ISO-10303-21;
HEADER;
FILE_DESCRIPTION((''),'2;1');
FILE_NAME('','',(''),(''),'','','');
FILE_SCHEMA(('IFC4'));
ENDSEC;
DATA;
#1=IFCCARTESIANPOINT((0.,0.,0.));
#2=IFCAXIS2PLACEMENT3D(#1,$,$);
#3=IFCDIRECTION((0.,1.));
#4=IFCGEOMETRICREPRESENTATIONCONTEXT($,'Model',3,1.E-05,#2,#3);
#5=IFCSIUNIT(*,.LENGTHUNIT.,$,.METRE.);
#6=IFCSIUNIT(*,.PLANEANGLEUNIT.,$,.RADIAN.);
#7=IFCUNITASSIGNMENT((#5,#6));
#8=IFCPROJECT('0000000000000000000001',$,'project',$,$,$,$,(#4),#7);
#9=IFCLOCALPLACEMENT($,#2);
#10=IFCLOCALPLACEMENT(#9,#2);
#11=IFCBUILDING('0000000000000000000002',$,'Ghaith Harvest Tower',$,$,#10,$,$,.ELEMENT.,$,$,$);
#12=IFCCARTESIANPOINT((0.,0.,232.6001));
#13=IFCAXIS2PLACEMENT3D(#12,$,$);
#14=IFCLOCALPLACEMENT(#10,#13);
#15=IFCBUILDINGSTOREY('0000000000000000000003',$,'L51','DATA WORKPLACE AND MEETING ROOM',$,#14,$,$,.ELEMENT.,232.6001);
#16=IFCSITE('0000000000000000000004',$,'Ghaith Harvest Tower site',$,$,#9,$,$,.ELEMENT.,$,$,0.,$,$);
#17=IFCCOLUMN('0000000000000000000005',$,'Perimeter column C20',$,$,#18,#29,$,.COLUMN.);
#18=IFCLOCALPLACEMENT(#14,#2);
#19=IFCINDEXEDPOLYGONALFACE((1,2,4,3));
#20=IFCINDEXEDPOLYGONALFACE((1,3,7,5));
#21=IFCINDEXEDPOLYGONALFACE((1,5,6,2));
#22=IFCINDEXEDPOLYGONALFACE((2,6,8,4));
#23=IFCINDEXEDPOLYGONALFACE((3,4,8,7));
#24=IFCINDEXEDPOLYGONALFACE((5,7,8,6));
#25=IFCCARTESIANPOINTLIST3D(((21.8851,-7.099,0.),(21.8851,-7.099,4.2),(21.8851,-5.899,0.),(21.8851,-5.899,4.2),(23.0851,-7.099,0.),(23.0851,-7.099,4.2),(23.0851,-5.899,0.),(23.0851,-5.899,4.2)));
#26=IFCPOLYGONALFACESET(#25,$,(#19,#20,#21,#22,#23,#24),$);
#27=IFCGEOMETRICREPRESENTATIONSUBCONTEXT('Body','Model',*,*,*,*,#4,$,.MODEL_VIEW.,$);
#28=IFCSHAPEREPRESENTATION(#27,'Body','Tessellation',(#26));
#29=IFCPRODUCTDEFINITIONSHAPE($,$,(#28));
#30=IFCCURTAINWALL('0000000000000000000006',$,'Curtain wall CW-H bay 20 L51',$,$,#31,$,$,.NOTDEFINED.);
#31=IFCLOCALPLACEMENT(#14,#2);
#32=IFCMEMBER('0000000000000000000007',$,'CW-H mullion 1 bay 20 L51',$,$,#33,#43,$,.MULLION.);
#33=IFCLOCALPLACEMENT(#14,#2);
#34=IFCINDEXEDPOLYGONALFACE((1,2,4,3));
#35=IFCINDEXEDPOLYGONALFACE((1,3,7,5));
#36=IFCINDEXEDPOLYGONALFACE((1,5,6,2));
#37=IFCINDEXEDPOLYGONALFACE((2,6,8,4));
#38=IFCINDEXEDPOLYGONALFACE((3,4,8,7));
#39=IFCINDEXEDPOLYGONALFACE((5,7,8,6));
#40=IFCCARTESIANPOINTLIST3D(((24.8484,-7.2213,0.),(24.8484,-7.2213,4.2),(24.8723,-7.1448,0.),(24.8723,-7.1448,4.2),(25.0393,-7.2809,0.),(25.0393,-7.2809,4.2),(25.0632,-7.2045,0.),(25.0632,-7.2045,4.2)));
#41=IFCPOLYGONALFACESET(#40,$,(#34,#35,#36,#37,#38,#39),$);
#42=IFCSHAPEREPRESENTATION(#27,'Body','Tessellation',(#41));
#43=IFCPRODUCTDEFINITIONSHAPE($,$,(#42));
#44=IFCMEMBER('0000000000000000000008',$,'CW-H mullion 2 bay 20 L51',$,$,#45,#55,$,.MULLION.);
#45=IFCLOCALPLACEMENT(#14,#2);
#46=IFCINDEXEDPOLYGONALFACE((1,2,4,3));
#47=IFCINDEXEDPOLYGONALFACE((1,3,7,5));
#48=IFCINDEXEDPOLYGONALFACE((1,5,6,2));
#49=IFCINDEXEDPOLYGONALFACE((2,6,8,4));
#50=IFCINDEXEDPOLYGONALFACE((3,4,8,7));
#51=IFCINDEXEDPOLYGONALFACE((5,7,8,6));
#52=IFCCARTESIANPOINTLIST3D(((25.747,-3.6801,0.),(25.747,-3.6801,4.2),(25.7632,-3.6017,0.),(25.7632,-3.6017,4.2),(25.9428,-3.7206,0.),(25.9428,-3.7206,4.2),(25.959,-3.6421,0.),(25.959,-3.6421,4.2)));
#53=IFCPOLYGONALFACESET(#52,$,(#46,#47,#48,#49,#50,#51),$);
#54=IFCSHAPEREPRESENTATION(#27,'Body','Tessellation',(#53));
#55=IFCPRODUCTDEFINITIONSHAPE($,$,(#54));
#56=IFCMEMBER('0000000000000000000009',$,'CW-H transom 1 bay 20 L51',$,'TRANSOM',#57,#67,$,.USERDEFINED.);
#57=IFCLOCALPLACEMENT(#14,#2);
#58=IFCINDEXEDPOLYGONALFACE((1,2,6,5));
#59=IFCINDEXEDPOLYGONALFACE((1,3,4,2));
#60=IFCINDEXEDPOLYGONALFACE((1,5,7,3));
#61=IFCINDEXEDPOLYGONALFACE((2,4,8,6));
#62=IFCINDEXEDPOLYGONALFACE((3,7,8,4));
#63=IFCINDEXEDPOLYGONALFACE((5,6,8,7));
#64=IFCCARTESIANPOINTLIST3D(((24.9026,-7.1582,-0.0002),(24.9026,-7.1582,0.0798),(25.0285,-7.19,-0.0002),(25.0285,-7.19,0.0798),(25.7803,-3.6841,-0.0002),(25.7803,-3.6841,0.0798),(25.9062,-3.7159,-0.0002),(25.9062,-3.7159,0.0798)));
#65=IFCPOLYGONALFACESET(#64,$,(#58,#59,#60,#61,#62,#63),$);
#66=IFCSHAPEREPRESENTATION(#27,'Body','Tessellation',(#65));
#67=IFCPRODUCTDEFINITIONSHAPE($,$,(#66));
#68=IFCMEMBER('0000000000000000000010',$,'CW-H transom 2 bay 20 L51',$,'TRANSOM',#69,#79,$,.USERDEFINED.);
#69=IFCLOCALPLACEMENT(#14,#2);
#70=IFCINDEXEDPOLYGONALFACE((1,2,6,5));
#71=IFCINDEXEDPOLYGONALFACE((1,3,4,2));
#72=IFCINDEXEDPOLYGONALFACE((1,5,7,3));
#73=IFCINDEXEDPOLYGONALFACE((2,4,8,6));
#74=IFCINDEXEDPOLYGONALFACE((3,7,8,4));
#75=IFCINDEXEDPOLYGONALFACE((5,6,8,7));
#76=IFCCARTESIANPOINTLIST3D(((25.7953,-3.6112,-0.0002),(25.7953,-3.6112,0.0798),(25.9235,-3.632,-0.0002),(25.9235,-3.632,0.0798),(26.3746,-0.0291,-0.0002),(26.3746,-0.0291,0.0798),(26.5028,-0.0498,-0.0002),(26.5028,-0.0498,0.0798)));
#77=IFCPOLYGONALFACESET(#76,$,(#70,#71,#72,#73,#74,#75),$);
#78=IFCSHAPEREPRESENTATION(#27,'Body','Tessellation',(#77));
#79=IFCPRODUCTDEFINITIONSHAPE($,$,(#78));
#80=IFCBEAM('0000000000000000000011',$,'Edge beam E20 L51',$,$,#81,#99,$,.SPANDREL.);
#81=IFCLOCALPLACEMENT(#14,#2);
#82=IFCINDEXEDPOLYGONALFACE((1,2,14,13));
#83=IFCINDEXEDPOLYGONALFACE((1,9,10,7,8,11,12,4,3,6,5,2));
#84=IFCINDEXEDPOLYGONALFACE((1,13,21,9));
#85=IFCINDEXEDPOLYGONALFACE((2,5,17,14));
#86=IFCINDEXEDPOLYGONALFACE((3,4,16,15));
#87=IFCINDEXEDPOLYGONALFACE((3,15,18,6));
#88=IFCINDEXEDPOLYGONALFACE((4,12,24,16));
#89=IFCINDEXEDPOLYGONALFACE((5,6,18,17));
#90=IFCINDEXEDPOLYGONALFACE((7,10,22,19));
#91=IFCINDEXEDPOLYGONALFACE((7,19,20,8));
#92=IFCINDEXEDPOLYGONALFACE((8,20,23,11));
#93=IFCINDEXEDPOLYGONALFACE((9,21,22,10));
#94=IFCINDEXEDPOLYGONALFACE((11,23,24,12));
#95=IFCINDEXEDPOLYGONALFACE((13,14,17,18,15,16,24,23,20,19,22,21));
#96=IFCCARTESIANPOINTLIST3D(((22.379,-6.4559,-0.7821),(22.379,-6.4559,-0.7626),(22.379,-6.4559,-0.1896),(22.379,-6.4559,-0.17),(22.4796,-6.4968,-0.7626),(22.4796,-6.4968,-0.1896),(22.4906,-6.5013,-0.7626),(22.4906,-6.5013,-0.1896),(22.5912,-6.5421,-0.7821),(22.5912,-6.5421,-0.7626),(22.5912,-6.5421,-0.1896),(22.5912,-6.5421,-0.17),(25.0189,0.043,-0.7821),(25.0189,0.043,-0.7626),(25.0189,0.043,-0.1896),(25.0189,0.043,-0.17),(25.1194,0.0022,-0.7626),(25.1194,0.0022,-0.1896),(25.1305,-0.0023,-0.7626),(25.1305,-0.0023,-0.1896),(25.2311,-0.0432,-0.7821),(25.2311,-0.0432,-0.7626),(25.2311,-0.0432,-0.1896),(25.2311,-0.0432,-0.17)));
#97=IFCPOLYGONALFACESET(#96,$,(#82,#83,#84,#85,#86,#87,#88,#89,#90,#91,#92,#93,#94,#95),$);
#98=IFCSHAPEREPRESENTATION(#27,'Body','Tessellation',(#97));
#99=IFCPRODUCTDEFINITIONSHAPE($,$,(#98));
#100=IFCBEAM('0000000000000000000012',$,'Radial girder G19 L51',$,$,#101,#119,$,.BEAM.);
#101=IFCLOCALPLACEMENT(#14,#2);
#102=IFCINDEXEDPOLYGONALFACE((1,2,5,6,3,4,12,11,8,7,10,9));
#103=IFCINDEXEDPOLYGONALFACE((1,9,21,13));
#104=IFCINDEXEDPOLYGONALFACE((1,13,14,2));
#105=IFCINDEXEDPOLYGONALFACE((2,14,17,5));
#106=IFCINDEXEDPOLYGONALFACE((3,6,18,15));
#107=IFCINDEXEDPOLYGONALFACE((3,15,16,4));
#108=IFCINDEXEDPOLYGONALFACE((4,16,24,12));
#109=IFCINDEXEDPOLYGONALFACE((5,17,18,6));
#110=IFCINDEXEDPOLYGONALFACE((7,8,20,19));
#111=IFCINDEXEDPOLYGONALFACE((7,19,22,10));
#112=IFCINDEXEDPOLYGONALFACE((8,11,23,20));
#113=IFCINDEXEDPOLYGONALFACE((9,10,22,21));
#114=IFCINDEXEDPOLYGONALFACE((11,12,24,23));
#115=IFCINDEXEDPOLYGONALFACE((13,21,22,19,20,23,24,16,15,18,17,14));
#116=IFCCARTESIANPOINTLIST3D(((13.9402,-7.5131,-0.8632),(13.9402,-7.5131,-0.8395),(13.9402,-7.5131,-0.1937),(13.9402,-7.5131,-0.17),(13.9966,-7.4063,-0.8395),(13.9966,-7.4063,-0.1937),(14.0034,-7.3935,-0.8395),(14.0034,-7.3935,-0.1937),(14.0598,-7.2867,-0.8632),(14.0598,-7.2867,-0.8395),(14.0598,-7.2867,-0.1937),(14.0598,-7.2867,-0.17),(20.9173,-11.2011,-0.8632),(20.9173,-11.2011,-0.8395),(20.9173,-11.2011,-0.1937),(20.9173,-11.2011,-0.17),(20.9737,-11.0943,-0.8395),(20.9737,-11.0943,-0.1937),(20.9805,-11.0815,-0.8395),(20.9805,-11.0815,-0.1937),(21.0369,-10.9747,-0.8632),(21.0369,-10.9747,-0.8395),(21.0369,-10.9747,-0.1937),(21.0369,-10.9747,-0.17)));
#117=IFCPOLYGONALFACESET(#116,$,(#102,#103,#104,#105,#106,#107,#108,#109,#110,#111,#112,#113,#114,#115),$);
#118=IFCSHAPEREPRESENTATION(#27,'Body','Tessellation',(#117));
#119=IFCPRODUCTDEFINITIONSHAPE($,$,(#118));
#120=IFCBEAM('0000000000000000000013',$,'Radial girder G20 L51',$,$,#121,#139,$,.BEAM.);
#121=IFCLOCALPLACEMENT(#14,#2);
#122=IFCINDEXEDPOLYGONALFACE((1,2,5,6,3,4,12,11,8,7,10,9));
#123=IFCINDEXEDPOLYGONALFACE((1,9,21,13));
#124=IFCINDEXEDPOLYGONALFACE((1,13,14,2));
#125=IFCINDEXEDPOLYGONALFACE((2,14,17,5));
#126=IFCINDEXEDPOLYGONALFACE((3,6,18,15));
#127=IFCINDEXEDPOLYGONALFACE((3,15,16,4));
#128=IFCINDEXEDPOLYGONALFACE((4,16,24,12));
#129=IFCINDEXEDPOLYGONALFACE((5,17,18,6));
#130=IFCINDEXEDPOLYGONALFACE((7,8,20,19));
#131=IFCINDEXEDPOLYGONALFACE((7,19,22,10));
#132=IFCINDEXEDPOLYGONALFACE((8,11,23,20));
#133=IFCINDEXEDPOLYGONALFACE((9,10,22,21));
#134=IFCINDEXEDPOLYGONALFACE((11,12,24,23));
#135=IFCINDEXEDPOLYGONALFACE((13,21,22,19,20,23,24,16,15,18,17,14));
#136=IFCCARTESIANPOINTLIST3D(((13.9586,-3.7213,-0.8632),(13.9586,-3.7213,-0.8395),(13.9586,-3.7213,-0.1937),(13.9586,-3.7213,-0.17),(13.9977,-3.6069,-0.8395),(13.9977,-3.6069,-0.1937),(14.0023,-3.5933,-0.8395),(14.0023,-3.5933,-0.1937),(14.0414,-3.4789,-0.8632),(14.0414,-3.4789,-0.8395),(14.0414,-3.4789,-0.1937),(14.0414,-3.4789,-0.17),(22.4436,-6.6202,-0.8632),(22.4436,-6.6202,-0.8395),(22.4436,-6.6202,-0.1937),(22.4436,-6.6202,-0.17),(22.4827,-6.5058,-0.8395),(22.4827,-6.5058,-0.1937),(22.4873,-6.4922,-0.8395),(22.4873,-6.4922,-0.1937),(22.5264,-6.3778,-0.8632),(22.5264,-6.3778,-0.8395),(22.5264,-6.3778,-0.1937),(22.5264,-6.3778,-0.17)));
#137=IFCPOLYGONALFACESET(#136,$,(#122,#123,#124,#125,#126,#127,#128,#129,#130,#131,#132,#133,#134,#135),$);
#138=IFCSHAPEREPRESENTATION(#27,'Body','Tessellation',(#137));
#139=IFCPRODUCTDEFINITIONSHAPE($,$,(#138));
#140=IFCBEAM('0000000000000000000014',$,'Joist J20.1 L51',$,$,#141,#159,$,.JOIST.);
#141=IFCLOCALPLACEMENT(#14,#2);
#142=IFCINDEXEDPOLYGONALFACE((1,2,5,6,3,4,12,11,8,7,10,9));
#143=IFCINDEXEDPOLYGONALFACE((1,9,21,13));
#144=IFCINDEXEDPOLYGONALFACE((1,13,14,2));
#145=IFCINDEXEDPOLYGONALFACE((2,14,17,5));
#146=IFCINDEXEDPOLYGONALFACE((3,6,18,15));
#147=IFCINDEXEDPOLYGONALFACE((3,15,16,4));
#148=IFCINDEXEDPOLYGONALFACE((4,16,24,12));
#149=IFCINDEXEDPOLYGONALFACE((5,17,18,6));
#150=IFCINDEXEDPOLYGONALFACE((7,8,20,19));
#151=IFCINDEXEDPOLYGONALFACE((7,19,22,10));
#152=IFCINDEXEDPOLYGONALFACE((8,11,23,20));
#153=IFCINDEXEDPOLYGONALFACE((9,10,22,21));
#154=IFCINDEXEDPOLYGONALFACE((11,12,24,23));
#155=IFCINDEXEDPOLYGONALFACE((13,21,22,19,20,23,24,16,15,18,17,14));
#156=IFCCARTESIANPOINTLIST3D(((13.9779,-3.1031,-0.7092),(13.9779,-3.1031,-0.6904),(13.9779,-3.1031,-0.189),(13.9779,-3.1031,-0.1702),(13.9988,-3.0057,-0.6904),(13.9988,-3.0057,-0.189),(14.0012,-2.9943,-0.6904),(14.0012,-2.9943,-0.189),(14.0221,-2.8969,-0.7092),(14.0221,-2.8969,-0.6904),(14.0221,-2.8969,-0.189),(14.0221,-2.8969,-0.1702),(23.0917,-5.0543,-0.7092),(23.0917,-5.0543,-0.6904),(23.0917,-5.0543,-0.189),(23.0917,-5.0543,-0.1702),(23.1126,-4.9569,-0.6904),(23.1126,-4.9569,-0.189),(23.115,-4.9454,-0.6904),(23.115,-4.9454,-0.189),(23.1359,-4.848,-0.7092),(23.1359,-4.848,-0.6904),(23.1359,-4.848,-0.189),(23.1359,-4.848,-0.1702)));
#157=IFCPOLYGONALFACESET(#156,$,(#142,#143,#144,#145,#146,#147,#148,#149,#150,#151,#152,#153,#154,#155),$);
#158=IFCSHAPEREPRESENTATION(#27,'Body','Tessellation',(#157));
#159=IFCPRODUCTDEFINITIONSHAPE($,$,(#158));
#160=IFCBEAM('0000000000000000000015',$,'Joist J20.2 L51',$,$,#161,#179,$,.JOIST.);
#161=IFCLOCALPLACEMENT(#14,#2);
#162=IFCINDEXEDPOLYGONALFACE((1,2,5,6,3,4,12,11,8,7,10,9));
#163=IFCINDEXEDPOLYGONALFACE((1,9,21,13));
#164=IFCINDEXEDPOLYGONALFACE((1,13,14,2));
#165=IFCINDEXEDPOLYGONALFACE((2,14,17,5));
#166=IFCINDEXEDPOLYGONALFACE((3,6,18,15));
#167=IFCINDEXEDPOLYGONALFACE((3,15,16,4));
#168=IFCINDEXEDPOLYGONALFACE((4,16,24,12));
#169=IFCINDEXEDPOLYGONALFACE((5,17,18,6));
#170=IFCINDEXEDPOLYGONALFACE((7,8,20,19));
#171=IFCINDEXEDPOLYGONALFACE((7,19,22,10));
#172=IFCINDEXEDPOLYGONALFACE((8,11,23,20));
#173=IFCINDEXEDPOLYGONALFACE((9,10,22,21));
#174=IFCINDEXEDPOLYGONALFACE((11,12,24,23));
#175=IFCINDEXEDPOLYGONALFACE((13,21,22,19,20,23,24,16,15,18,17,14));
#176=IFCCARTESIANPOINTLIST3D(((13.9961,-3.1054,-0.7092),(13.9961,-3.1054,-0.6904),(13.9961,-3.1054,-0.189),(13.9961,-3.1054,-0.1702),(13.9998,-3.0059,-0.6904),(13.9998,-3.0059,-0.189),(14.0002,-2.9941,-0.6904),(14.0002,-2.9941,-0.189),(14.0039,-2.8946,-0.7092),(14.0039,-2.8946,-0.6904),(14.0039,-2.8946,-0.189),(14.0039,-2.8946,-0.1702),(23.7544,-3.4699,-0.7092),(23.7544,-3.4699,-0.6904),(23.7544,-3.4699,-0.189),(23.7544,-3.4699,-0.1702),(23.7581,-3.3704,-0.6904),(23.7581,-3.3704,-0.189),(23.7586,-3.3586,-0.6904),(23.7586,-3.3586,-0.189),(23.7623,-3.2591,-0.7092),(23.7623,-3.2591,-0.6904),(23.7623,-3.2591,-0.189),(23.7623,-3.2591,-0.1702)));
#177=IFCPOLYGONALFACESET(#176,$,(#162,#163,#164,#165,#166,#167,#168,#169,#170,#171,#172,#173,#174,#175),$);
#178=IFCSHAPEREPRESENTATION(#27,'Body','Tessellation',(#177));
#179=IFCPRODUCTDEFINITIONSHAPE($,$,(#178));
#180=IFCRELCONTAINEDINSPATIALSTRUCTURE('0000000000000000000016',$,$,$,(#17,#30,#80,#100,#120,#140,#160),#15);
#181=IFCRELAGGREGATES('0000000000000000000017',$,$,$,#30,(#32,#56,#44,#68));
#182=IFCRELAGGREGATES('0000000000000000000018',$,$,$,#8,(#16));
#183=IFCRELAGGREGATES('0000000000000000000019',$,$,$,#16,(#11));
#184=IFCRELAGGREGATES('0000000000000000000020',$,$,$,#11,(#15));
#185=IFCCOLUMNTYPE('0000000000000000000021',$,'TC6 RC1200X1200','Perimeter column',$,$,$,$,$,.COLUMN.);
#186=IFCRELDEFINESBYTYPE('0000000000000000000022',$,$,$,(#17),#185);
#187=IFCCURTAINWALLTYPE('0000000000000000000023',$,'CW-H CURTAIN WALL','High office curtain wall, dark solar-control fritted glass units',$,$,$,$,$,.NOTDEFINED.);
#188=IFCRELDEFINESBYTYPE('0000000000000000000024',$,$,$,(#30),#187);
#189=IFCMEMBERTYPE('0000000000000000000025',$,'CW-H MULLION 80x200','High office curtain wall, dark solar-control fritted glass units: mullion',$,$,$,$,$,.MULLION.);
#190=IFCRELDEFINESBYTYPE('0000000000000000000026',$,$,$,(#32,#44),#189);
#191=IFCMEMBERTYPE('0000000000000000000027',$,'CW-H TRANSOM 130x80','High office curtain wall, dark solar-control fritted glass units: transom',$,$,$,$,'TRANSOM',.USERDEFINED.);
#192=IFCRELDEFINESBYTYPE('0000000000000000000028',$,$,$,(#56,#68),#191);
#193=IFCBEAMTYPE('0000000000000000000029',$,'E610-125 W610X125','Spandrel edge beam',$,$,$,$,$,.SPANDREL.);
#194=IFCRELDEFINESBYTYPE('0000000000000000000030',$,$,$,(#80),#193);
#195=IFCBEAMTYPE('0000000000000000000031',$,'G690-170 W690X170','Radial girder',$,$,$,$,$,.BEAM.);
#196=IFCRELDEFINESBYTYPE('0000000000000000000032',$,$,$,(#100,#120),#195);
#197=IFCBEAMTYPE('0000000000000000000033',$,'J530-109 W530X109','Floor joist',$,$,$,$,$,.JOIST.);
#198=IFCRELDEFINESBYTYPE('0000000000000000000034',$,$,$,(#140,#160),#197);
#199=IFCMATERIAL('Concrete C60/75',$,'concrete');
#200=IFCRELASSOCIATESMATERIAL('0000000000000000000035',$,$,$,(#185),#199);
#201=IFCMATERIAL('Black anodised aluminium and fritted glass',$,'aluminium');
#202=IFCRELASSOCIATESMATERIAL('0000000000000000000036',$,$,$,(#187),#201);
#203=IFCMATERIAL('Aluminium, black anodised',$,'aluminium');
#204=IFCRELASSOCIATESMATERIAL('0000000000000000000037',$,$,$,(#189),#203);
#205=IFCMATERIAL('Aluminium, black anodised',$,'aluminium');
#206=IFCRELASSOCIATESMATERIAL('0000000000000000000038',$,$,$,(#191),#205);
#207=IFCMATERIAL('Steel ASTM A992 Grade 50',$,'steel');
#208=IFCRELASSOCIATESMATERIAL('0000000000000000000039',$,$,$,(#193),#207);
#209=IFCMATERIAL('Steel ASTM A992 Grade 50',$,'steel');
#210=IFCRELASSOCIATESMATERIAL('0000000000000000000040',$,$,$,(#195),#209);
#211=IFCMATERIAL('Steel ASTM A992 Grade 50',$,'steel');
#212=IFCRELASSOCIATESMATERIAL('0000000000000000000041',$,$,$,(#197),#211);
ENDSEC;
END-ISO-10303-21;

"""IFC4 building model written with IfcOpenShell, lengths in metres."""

from ifc_helpers import new_model, si_unit, direction, frame, origin, origin_2d, place, context, subcontext, project, spatial, rectangle, i_section, extrude, material, material_profile, profile_set, type_object, element, aggregate, save


model = new_model("IFC4")

# Units and contexts
model_context = context("Model", 3, precision=1e-05, world=origin(), true_north=direction((0.0, 1.0)))
body_context = subcontext(model_context, "Body", "Model", "MODEL_VIEW")
ifc_project = project(units=[si_unit("LENGTHUNIT", "METRE"), si_unit("PLANEANGLEUNIT", "RADIAN")], contexts=[model_context])

# Site, building, storey
site_placement = place(None, origin())
site = spatial("IfcSite", under=ifc_project, at=site_placement, Name="Ghaith Harvest Tower site", CompositionType="ELEMENT", RefElevation=0.0)
building_placement = place(site_placement, origin())
building = spatial("IfcBuilding", under=site, at=building_placement, Name="Ghaith Harvest Tower", CompositionType="ELEMENT")
storey_placement = place(building_placement, frame((0.0, 0.0, 232.6001)))
storey = spatial("IfcBuildingStorey", under=building, at=storey_placement, Name="L51", Description="DATA WORKPLACE AND MEETING ROOM", CompositionType="ELEMENT", Elevation=232.6001)

# Column
ifc_material_1 = material(Name="Concrete C60/75", Category="concrete")
ifc_material_profile_1 = material_profile(ifc_material_1, rectangle(XDim=1.2, YDim=1.2, at=origin_2d()), Name="RC1200X1200")
ifc_profile_set_1 = profile_set([ifc_material_profile_1], Name="Concrete C60/75")
column_type = type_object("IfcColumnType", Name="TC6 RC1200X1200", Description="Perimeter column", PredefinedType="COLUMN", material=ifc_profile_set_1)
column_placement = place(storey_placement, frame((22.4851, -6.499, 0.0), z_axis=(0.0, 0.0, 1.0), x_axis=(1.0, 0.0, 0.0)))
element("IfcColumn", 1, at=column_placement, inside=storey, type_object=column_type, Name="Perimeter column C20", PredefinedType="COLUMN", context=body_context, shape_type="SweptSolid", body=[
    extrude(rectangle(XDim=1.2, YDim=1.2, at=origin_2d()), origin(), (0.0, 0.0, 1.0), 4.2),
])

# Curtain wall, members
ifc_material_2 = material(Name="Black anodised aluminium and fritted glass", Category="aluminium")
curtain_wall_type = type_object("IfcCurtainWallType", Name="CW-H CURTAIN WALL", Description="High office curtain wall, dark solar-control fritted glass units", PredefinedType="NOTDEFINED", material=ifc_material_2)
curtain_wall_placement = place(storey_placement, origin())
curtain_wall = element("IfcCurtainWall", 2, at=curtain_wall_placement, inside=storey, type_object=curtain_wall_type, Name="Curtain wall CW-H bay 20 L51", PredefinedType="NOTDEFINED")
ifc_material_3 = material(Name="Aluminium, black anodised", Category="aluminium")
ifc_material_profile_2 = material_profile(ifc_material_3, rectangle(XDim=0.0801, YDim=0.2, at=origin_2d()), Name="CW-H MULLION 80x200")
ifc_profile_set_2 = profile_set([ifc_material_profile_2], Name="Aluminium, black anodised")
member_type_1 = type_object("IfcMemberType", Name="CW-H MULLION 80x200", Description="High office curtain wall, dark solar-control fritted glass units: mullion", PredefinedType="MULLION", material=ifc_profile_set_2)
member_1_placement = place(storey_placement, frame((24.9558, -7.2129, 0.0), z_axis=(0.0, 0.0, 1.0), x_axis=(0.298442, 0.954428, 0.0)))
member_1 = element("IfcMember", 3, at=member_1_placement, type_object=member_type_1, Name="CW-H mullion 1 bay 20 L51", PredefinedType="MULLION", context=body_context, shape_type="SweptSolid", body=[
    extrude(rectangle(XDim=0.0801, YDim=0.2, at=origin_2d()), origin(), (0.0, 0.0, 1.0), 4.2),
])
member_2_placement = place(storey_placement, frame((25.853, -3.6611, 0.0), z_axis=(0.0, 0.0, 1.0), x_axis=(0.202192, 0.979346, 0.0)))
member_2 = element("IfcMember", 4, at=member_2_placement, type_object=member_type_1, Name="CW-H mullion 2 bay 20 L51", PredefinedType="MULLION", context=body_context, shape_type="SweptSolid", body=[
    extrude(rectangle(XDim=0.0801, YDim=0.2, at=origin_2d()), origin(), (0.0, 0.0, 1.0), 4.2),
])
ifc_material_4 = material(Name="Aluminium, black anodised", Category="aluminium")
ifc_material_profile_3 = material_profile(ifc_material_4, rectangle(XDim=0.1299, YDim=0.0801, at=origin_2d()), Name="CW-H TRANSOM 130x80")
ifc_profile_set_3 = profile_set([ifc_material_profile_3], Name="Aluminium, black anodised")
member_type_2 = type_object("IfcMemberType", Name="CW-H TRANSOM 130x80", Description="High office curtain wall, dark solar-control fritted glass units: transom", ElementType="TRANSOM", PredefinedType="USERDEFINED", material=ifc_profile_set_3)
member_3_placement = place(storey_placement, frame((24.9656, -7.1741, 0.0398), z_axis=(0.24494, 0.969538, 0.0), x_axis=(-0.969538, 0.24494, 0.0)))
member_3 = element("IfcMember", 5, at=member_3_placement, type_object=member_type_2, Name="CW-H transom 1 bay 20 L51", ObjectType="TRANSOM", PredefinedType="USERDEFINED", context=body_context, shape_type="SweptSolid", body=[
    extrude(rectangle(XDim=0.1299, YDim=0.0801, at=origin_2d()), origin(), (0.0, 0.0, 1.0), 3.5833),
])
member_4_placement = place(storey_placement, frame((25.8594, -3.6216, 0.0398), z_axis=(0.159662, 0.987172, 0.0), x_axis=(-0.987172, 0.159662, 0.0)))
member_4 = element("IfcMember", 6, at=member_4_placement, type_object=member_type_2, Name="CW-H transom 2 bay 20 L51", ObjectType="TRANSOM", PredefinedType="USERDEFINED", context=body_context, shape_type="SweptSolid", body=[
    extrude(rectangle(XDim=0.1299, YDim=0.0801, at=origin_2d()), origin(), (0.0, 0.0, 1.0), 3.6287),
])

# Beams
ifc_material_5 = material(Name="Steel ASTM A992 Grade 50", Category="steel")
ifc_material_profile_4 = material_profile(ifc_material_5, i_section(OverallWidth=0.229, OverallDepth=0.6121, WebThickness=0.012, FlangeThickness=0.0195, at=origin_2d()), Name="W610X125")
ifc_profile_set_4 = profile_set([ifc_material_profile_4], Name="Steel ASTM A992 Grade 50")
beam_type_1 = type_object("IfcBeamType", Name="E610-125 W610X125", Description="Spandrel edge beam", PredefinedType="SPANDREL", material=ifc_profile_set_4)
beam_1_placement = place(storey_placement, frame((22.4851, -6.499, -0.4761), z_axis=(0.376336, 0.926483, 0.0), x_axis=(-0.926483, 0.376336, 0.0)))
element("IfcBeam", 7, at=beam_1_placement, inside=storey, type_object=beam_type_1, Name="Edge beam E20 L51", PredefinedType="SPANDREL", context=body_context, shape_type="SweptSolid", body=[
    extrude(i_section(OverallWidth=0.229, OverallDepth=0.6121, WebThickness=0.012, FlangeThickness=0.0195, at=origin_2d()), origin(), (0.0, 0.0, 1.0), 7.0146),
])
ifc_material_6 = material(Name="Steel ASTM A992 Grade 50", Category="steel")
ifc_material_profile_5 = material_profile(ifc_material_6, i_section(OverallWidth=0.2561, OverallDepth=0.6931, WebThickness=0.0144, FlangeThickness=0.0237, at=origin_2d()), Name="W690X170")
ifc_profile_set_5 = profile_set([ifc_material_profile_5], Name="Steel ASTM A992 Grade 50")
beam_type_2 = type_object("IfcBeamType", Name="G690-170 W690X170", Description="Radial girder", PredefinedType="BEAM", material=ifc_profile_set_5)
beam_2_placement = place(storey_placement, frame((14.0, -7.3999, -0.5166), z_axis=(0.884089, -0.467319, 0.0), x_axis=(0.467319, 0.884089, 0.0)))
element("IfcBeam", 8, at=beam_2_placement, inside=storey, type_object=beam_type_2, Name="Radial girder G19 L51", PredefinedType="BEAM", context=body_context, shape_type="SweptSolid", body=[
    extrude(i_section(OverallWidth=0.2561, OverallDepth=0.6931, WebThickness=0.0144, FlangeThickness=0.0237, at=origin_2d()), origin(), (0.0, 0.0, 1.0), 7.8918),
])
beam_3_placement = place(storey_placement, frame((14.0, -3.6001, -0.5166), z_axis=(0.946296, -0.323301, 0.0), x_axis=(0.323301, 0.946296, 0.0)))
element("IfcBeam", 9, at=beam_3_placement, inside=storey, type_object=beam_type_2, Name="Radial girder G20 L51", PredefinedType="BEAM", context=body_context, shape_type="SweptSolid", body=[
    extrude(i_section(OverallWidth=0.2561, OverallDepth=0.6931, WebThickness=0.0144, FlangeThickness=0.0237, at=origin_2d()), origin(), (0.0, 0.0, 1.0), 8.9666),
])
ifc_material_7 = material(Name="Steel ASTM A992 Grade 50", Category="steel")
ifc_material_profile_6 = material_profile(ifc_material_7, i_section(OverallWidth=0.2109, OverallDepth=0.5391, WebThickness=0.0117, FlangeThickness=0.0188, at=origin_2d()), Name="W530X109")
ifc_profile_set_6 = profile_set([ifc_material_profile_6], Name="Steel ASTM A992 Grade 50")
beam_type_3 = type_object("IfcBeamType", Name="J530-109 W530X109", Description="Floor joist", PredefinedType="JOIST", material=ifc_profile_set_6)
beam_4_placement = place(storey_placement, frame((14.0, -3.0, -0.4397), z_axis=(0.977841, -0.209347, 0.0), x_axis=(0.209347, 0.977841, 0.0)))
element("IfcBeam", 10, at=beam_4_placement, inside=storey, type_object=beam_type_3, Name="Joist J20.1 L51", PredefinedType="JOIST", context=body_context, shape_type="SweptSolid", body=[
    extrude(i_section(OverallWidth=0.2109, OverallDepth=0.5391, WebThickness=0.0117, FlangeThickness=0.0188, at=origin_2d()), origin(), (0.0, 0.0, 1.0), 9.3203),
])
beam_5_placement = place(storey_placement, frame((14.0, -3.0, -0.4397), z_axis=(0.999303, -0.037327, 0.0), x_axis=(0.037327, 0.999303, 0.0)))
element("IfcBeam", 11, at=beam_5_placement, inside=storey, type_object=beam_type_3, Name="Joist J20.2 L51", PredefinedType="JOIST", context=body_context, shape_type="SweptSolid", body=[
    extrude(i_section(OverallWidth=0.2109, OverallDepth=0.5391, WebThickness=0.0117, FlangeThickness=0.0188, at=origin_2d()), origin(), (0.0, 0.0, 1.0), 9.7651),
])

aggregate(curtain_wall, [member_1, member_3, member_2, member_4])

save(model, "model.ifc")
